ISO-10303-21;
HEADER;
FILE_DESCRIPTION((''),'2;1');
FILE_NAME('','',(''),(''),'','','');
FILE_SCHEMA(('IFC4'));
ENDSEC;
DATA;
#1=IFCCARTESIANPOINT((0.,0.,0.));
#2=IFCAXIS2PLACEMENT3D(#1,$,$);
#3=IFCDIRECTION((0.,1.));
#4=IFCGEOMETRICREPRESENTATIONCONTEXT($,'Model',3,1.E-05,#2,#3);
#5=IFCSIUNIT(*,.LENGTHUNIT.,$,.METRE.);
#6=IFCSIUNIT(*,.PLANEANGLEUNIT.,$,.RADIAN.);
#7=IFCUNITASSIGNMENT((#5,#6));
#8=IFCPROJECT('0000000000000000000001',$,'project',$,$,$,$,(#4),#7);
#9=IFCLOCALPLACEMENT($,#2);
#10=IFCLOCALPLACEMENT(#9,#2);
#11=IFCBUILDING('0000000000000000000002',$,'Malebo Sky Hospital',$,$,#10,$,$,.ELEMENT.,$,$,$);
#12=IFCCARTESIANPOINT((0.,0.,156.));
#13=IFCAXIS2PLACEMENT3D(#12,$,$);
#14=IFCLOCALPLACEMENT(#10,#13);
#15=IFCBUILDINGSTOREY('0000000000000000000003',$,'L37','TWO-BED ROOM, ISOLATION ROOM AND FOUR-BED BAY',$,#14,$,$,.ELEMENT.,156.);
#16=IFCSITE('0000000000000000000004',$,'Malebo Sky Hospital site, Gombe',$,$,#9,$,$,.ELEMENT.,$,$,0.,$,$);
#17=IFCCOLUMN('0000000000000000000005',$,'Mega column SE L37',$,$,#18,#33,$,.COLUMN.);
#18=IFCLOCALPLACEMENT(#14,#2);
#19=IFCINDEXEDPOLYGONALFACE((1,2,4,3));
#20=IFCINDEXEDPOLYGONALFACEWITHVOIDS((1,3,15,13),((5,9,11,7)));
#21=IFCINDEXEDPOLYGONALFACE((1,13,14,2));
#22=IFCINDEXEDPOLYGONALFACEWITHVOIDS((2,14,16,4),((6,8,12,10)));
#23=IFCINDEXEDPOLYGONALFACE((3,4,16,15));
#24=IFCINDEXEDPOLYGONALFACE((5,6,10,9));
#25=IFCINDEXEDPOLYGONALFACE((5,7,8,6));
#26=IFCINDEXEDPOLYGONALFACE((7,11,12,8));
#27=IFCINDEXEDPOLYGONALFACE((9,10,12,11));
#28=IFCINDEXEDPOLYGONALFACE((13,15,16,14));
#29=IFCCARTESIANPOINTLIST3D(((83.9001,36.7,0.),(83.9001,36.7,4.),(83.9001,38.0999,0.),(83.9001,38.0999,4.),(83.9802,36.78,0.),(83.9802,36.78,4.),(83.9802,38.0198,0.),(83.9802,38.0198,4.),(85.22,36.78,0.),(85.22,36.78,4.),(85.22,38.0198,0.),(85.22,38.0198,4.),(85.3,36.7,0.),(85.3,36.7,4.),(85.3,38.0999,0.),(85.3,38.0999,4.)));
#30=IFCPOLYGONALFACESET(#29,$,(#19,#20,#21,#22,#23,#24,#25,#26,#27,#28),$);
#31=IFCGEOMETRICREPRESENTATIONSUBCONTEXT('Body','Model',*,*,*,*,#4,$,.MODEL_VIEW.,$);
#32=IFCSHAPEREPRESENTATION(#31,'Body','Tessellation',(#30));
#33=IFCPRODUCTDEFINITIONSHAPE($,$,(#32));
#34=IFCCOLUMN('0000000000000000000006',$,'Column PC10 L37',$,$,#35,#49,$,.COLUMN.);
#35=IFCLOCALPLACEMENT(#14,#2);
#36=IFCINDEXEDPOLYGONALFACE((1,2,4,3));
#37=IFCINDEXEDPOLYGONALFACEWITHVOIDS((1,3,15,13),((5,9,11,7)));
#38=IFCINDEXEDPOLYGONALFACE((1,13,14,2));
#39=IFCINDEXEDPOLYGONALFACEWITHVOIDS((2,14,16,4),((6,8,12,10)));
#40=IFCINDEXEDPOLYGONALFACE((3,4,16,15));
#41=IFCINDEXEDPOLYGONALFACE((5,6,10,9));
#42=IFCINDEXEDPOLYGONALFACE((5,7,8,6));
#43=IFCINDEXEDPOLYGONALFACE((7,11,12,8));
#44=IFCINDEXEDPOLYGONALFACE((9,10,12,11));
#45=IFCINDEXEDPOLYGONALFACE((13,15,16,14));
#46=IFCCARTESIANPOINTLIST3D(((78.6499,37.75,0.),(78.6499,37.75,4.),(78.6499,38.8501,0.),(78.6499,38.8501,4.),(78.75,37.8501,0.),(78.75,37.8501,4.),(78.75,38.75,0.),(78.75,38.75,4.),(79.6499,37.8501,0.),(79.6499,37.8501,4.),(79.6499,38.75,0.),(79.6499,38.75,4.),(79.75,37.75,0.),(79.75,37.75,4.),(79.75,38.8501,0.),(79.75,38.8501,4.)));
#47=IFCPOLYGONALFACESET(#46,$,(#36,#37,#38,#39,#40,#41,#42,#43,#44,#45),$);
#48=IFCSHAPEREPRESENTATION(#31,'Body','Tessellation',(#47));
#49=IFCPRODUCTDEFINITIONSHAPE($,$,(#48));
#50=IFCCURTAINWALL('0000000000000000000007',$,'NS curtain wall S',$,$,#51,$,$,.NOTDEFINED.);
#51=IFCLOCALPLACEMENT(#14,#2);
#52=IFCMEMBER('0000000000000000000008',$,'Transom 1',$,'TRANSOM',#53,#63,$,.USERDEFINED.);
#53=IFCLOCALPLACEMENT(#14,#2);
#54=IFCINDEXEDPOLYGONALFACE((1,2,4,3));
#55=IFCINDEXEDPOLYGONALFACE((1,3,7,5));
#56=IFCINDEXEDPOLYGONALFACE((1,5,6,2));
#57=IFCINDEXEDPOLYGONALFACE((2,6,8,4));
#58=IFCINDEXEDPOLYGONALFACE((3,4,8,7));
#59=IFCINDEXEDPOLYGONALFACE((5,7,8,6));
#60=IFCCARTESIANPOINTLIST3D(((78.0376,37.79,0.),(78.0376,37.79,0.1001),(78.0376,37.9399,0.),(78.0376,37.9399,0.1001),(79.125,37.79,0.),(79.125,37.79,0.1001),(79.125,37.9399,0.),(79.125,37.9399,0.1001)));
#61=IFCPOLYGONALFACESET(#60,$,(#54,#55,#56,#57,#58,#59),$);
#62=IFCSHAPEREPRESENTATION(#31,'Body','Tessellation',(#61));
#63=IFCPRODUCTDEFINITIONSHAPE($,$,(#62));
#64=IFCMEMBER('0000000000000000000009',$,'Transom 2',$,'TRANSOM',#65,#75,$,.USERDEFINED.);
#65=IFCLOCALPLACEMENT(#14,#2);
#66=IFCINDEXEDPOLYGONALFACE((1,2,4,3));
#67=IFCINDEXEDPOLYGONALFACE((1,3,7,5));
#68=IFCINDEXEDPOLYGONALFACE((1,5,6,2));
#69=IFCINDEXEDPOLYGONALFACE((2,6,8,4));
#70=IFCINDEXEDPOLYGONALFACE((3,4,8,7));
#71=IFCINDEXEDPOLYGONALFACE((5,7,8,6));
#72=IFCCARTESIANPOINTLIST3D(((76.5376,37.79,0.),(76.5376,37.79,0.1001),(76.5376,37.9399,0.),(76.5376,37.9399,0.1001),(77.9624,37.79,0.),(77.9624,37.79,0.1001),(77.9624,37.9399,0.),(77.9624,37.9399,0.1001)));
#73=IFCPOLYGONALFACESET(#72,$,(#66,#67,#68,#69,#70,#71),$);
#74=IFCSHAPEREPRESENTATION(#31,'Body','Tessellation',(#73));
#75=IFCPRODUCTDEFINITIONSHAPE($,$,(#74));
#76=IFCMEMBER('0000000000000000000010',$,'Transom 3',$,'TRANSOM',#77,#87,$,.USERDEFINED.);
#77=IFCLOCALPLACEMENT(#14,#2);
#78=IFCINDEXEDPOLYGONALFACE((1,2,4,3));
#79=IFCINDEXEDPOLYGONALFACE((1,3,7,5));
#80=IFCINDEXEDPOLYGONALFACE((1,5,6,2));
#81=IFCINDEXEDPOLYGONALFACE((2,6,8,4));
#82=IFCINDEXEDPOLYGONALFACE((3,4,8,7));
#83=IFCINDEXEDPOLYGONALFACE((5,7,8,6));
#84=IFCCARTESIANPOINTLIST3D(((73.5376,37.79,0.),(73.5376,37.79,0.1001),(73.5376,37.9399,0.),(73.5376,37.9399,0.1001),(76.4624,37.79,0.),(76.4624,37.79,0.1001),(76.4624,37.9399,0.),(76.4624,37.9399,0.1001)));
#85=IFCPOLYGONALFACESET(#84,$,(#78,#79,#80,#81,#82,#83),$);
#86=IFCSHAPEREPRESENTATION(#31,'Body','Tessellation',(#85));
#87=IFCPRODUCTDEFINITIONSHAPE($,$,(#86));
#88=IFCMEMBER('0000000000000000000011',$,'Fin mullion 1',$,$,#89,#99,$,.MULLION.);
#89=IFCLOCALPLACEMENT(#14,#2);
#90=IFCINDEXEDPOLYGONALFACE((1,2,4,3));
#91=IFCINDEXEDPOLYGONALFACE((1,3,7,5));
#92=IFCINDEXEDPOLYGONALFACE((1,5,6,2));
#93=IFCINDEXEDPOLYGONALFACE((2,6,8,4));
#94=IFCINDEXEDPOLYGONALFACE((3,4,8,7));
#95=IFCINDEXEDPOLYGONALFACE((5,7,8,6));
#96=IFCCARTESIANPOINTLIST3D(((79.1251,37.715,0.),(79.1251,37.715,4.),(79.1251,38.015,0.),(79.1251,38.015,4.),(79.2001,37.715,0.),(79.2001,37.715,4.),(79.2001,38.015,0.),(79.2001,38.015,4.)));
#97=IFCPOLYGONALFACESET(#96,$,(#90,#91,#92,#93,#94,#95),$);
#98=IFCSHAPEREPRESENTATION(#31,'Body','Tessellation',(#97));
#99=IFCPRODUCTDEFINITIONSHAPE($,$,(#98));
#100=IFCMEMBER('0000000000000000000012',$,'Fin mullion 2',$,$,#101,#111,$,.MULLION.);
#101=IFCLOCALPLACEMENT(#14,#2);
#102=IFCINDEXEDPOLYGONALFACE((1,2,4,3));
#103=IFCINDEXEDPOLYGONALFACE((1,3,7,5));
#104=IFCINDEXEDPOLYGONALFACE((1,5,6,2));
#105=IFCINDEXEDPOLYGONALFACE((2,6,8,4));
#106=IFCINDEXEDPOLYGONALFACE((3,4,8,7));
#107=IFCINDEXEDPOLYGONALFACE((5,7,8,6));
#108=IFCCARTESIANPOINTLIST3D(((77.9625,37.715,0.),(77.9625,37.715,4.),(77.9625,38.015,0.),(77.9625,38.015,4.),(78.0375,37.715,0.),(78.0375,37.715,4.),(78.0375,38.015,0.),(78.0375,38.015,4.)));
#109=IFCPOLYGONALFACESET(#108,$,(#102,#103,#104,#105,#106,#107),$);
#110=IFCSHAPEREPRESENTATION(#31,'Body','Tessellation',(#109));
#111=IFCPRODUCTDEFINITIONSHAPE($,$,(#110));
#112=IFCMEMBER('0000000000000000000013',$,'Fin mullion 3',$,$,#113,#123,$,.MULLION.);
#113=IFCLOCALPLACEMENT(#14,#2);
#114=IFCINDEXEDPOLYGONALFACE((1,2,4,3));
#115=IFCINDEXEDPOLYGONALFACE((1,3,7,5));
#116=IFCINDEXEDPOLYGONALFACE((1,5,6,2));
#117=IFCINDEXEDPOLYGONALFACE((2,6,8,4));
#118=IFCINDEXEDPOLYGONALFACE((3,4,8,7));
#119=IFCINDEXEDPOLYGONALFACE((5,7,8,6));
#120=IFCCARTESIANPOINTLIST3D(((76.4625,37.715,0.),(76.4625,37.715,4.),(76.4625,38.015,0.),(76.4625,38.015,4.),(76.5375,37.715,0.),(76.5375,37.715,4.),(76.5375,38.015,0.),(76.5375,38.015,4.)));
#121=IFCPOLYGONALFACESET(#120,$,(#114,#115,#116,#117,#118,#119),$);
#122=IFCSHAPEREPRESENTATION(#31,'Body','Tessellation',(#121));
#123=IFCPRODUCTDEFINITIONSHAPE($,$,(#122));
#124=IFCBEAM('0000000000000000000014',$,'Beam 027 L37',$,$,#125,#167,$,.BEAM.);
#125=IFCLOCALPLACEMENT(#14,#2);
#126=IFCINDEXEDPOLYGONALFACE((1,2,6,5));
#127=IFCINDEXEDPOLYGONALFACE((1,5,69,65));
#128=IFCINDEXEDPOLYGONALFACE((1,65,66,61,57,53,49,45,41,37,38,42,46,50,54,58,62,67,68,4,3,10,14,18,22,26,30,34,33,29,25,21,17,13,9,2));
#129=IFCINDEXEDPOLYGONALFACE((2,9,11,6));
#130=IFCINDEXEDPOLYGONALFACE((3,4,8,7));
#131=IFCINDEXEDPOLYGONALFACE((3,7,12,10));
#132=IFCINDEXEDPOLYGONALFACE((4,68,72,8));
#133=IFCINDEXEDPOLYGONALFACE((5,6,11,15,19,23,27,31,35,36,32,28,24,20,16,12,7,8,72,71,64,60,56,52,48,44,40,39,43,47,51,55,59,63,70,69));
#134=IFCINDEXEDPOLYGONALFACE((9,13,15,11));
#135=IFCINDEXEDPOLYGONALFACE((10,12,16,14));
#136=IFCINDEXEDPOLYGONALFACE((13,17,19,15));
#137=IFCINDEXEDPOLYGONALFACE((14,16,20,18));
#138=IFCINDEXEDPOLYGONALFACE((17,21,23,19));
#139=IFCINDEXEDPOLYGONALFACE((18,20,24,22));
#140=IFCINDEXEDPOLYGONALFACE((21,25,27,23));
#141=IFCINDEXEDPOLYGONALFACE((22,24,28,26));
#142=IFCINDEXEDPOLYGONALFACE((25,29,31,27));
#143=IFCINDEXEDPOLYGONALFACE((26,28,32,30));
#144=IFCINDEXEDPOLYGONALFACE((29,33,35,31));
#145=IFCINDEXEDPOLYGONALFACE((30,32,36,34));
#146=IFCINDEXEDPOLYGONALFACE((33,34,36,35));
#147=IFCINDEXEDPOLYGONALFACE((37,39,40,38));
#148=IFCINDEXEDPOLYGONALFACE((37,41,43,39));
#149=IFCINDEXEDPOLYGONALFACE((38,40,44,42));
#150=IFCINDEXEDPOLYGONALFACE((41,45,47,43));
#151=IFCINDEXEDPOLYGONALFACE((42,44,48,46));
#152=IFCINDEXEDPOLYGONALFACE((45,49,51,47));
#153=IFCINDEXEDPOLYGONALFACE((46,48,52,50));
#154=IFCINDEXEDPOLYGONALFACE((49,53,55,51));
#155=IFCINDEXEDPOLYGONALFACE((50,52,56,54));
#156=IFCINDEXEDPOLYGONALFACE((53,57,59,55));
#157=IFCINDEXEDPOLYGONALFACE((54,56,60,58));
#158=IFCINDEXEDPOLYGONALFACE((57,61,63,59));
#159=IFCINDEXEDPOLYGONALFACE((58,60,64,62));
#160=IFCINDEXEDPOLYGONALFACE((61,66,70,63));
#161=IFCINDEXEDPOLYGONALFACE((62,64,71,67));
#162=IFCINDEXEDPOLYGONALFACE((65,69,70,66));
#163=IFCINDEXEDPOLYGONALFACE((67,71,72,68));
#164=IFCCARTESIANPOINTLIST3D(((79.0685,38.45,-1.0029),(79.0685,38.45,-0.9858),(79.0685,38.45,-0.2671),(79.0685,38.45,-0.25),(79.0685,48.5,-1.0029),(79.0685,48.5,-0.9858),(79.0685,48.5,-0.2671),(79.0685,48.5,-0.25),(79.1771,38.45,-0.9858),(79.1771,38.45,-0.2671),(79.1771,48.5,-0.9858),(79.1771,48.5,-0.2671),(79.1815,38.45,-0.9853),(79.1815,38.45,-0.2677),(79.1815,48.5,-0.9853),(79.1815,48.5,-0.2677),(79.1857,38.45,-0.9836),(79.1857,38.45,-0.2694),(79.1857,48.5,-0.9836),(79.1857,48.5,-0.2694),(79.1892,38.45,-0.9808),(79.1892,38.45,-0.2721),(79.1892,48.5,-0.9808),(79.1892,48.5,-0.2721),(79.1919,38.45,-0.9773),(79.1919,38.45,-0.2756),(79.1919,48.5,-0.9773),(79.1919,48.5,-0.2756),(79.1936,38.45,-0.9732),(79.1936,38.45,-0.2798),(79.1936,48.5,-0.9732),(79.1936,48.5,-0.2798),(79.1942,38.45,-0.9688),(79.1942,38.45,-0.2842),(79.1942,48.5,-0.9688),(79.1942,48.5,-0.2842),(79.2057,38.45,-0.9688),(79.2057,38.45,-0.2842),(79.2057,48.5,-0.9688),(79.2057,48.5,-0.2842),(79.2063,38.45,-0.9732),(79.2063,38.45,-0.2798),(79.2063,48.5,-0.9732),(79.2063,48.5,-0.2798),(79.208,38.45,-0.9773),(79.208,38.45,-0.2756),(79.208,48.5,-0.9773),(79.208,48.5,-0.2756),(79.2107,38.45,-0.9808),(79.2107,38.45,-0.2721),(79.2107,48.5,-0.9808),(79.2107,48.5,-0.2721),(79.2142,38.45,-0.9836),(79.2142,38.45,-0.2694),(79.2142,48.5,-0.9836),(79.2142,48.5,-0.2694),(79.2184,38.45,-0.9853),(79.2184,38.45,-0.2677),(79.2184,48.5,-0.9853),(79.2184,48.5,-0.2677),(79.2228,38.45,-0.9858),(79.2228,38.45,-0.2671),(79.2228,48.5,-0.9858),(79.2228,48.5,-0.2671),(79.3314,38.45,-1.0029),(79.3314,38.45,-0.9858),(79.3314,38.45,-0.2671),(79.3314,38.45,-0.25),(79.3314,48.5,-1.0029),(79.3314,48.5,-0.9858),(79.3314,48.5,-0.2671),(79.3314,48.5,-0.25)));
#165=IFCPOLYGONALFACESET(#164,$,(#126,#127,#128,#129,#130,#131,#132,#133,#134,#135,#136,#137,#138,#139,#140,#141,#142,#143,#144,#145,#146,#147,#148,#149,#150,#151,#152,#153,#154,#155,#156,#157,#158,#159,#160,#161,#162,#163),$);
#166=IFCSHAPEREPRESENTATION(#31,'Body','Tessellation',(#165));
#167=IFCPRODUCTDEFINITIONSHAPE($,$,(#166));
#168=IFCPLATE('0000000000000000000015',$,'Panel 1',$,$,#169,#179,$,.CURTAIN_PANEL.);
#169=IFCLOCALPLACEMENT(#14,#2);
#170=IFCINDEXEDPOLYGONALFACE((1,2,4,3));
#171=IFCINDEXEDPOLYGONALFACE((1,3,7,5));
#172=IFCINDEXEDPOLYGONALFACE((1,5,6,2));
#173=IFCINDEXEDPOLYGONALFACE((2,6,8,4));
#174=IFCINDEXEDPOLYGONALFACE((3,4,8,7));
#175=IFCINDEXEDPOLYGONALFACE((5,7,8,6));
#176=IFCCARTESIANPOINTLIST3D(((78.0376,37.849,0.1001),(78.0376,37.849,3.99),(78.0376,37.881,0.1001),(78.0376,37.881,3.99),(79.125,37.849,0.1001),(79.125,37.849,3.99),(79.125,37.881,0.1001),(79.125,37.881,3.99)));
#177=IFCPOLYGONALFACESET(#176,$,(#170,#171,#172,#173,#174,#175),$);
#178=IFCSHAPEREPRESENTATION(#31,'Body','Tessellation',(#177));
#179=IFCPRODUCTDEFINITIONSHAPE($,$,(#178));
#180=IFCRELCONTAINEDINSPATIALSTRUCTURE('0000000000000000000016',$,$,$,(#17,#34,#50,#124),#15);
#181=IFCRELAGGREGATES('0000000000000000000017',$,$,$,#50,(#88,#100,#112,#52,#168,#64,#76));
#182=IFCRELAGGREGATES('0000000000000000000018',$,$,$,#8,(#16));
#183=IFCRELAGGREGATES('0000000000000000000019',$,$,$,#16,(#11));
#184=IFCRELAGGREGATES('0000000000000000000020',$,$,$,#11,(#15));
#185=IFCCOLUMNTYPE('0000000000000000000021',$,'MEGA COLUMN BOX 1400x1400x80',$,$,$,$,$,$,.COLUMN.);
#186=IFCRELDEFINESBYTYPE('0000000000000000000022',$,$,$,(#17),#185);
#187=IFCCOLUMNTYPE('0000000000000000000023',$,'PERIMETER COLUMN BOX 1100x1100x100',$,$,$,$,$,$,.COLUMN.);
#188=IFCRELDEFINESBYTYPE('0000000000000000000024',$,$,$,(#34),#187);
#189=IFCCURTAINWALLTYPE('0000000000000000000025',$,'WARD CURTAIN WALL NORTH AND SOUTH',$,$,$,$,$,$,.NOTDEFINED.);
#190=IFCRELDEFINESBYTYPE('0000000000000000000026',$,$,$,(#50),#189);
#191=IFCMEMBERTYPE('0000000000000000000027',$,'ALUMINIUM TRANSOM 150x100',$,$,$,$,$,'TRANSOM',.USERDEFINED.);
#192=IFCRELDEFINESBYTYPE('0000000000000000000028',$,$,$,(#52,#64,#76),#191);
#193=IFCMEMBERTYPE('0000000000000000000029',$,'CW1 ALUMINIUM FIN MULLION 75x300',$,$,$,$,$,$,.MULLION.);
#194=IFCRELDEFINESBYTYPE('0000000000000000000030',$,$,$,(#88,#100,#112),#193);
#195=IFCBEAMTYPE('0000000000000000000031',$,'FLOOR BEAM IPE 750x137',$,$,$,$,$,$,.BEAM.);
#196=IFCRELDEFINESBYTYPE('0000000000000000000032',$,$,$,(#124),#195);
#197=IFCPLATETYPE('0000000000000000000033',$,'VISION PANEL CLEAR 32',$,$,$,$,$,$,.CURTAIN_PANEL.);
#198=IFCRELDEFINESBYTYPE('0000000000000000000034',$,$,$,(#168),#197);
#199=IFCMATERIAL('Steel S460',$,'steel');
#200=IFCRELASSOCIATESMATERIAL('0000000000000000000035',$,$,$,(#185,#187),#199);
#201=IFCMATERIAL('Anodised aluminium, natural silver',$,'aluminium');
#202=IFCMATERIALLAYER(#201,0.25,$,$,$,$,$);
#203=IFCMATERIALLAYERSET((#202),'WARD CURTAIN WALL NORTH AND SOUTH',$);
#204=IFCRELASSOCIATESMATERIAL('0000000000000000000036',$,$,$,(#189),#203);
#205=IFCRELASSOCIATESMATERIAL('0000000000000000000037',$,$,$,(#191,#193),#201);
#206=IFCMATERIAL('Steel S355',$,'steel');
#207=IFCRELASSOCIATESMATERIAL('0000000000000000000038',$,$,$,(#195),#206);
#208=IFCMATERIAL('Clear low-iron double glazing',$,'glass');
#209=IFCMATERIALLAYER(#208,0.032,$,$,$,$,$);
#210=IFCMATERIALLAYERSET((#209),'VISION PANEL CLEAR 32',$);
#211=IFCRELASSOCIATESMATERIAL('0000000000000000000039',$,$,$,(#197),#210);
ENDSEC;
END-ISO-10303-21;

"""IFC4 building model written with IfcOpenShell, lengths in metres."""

from ifc_helpers import new_model, si_unit, direction, frame, origin, origin_2d, place, context, subcontext, project, spatial, rectangle, hollow_rectangle, i_section, extrude, material, layer, layer_set, material_profile, profile_set, type_object, element, aggregate, save


model = new_model("IFC4")

# Units and contexts
model_context = context("Model", 3, precision=1e-05, world=origin(), true_north=direction((0.0, 1.0)))
body_context = subcontext(model_context, "Body", "Model", "MODEL_VIEW")
ifc_project = project(units=[si_unit("LENGTHUNIT", "METRE"), si_unit("PLANEANGLEUNIT", "RADIAN")], contexts=[model_context])

# Site, building, storey
site_placement = place(None, origin())
site = spatial("IfcSite", under=ifc_project, at=site_placement, Name="Malebo Sky Hospital site, Gombe", CompositionType="ELEMENT", RefElevation=0.0)
building_placement = place(site_placement, origin())
building = spatial("IfcBuilding", under=site, at=building_placement, Name="Malebo Sky Hospital", CompositionType="ELEMENT")
storey_placement = place(building_placement, frame((0.0, 0.0, 156.0)))
storey = spatial("IfcBuildingStorey", under=building, at=storey_placement, Name="L37", Description="TWO-BED ROOM, ISOLATION ROOM AND FOUR-BED BAY", CompositionType="ELEMENT", Elevation=156.0)

# Columns
ifc_material_1 = material(Name="Steel S460", Category="steel")
ifc_material_profile_1 = material_profile(ifc_material_1, hollow_rectangle(XDim=1.3999, YDim=1.3999, WallThickness=0.0801, at=origin_2d()), Name="BOX 1400x1400x80")
ifc_profile_set_1 = profile_set([ifc_material_profile_1], Name="Steel S460")
column_type_1 = type_object("IfcColumnType", Name="MEGA COLUMN BOX 1400x1400x80", PredefinedType="COLUMN", material=ifc_profile_set_1)
column_1_placement = place(storey_placement, frame((84.6001, 37.3999, 0.0), z_axis=(0.0, 0.0, 1.0), x_axis=(1.0, 0.0, 0.0)))
element("IfcColumn", 1, at=column_1_placement, inside=storey, type_object=column_type_1, Name="Mega column SE L37", PredefinedType="COLUMN", context=body_context, shape_type="SweptSolid", body=[
    extrude(hollow_rectangle(XDim=1.3999, YDim=1.3999, WallThickness=0.0801, at=origin_2d()), origin(), (0.0, 0.0, 1.0), 4.0),
])
ifc_material_profile_2 = material_profile(ifc_material_1, hollow_rectangle(XDim=1.1001, YDim=1.1001, WallThickness=0.1001, at=origin_2d()), Name="BOX 1100x1100x100")
ifc_profile_set_2 = profile_set([ifc_material_profile_2], Name="Steel S460")
column_type_2 = type_object("IfcColumnType", Name="PERIMETER COLUMN BOX 1100x1100x100", PredefinedType="COLUMN", material=ifc_profile_set_2)
column_2_placement = place(storey_placement, frame((79.2, 38.3, 0.0), z_axis=(0.0, 0.0, 1.0), x_axis=(1.0, 0.0, 0.0)))
element("IfcColumn", 2, at=column_2_placement, inside=storey, type_object=column_type_2, Name="Column PC10 L37", PredefinedType="COLUMN", context=body_context, shape_type="SweptSolid", body=[
    extrude(hollow_rectangle(XDim=1.1001, YDim=1.1001, WallThickness=0.1001, at=origin_2d()), origin(), (0.0, 0.0, 1.0), 4.0),
])

# Curtain wall, members
ifc_material_2 = material(Name="Anodised aluminium, natural silver", Category="aluminium")
ifc_layer_1 = layer(ifc_material_2, 0.25)
ifc_layer_set_1 = layer_set([ifc_layer_1], Name="WARD CURTAIN WALL NORTH AND SOUTH")
curtain_wall_type = type_object("IfcCurtainWallType", Name="WARD CURTAIN WALL NORTH AND SOUTH", PredefinedType="NOTDEFINED", material=ifc_layer_set_1)
curtain_wall_placement = place(storey_placement, origin())
curtain_wall = element("IfcCurtainWall", 3, at=curtain_wall_placement, inside=storey, type_object=curtain_wall_type, Name="NS curtain wall S", PredefinedType="NOTDEFINED")
ifc_material_profile_3 = material_profile(ifc_material_2, rectangle(XDim=0.1499, YDim=0.1001, at=origin_2d()), Name="ALUMINIUM TRANSOM 150x100")
ifc_profile_set_3 = profile_set([ifc_material_profile_3], Name="Anodised aluminium, natural silver")
member_type_1 = type_object("IfcMemberType", Name="ALUMINIUM TRANSOM 150x100", ElementType="TRANSOM", PredefinedType="USERDEFINED", material=ifc_profile_set_3)
member_1_placement = place(storey_placement, frame((79.125, 37.865, 0.05), z_axis=(-1.0, 0.0, 0.0), x_axis=(0.0, -1.0, 0.0)))
member_1 = element("IfcMember", 4, at=member_1_placement, type_object=member_type_1, Name="Transom 1", ObjectType="TRANSOM", PredefinedType="USERDEFINED", context=body_context, shape_type="SweptSolid", body=[
    extrude(rectangle(XDim=0.1499, YDim=0.1001, at=origin_2d()), origin(), (0.0, 0.0, 1.0), 1.0874),
])
member_2_placement = place(storey_placement, frame((77.9624, 37.865, 0.05), z_axis=(-1.0, 0.0, 0.0), x_axis=(0.0, -1.0, 0.0)))
member_2 = element("IfcMember", 5, at=member_2_placement, type_object=member_type_1, Name="Transom 2", ObjectType="TRANSOM", PredefinedType="USERDEFINED", context=body_context, shape_type="SweptSolid", body=[
    extrude(rectangle(XDim=0.1499, YDim=0.1001, at=origin_2d()), origin(), (0.0, 0.0, 1.0), 1.4248),
])
member_3_placement = place(storey_placement, frame((76.4624, 37.865, 0.05), z_axis=(-1.0, 0.0, 0.0), x_axis=(0.0, -1.0, 0.0)))
member_3 = element("IfcMember", 6, at=member_3_placement, type_object=member_type_1, Name="Transom 3", ObjectType="TRANSOM", PredefinedType="USERDEFINED", context=body_context, shape_type="SweptSolid", body=[
    extrude(rectangle(XDim=0.1499, YDim=0.1001, at=origin_2d()), origin(), (0.0, 0.0, 1.0), 2.9248),
])
ifc_material_profile_4 = material_profile(ifc_material_2, rectangle(XDim=0.075, YDim=0.3, at=origin_2d()), Name="CW1 ALUMINIUM FIN MULLION 75x300")
ifc_profile_set_4 = profile_set([ifc_material_profile_4], Name="Anodised aluminium, natural silver")
member_type_2 = type_object("IfcMemberType", Name="CW1 ALUMINIUM FIN MULLION 75x300", PredefinedType="MULLION", material=ifc_profile_set_4)
member_4_placement = place(storey_placement, frame((79.1626, 37.865, 0.0), z_axis=(0.0, 0.0, 1.0), x_axis=(-1.0, 0.0, 0.0)))
member_4 = element("IfcMember", 7, at=member_4_placement, type_object=member_type_2, Name="Fin mullion 1", PredefinedType="MULLION", context=body_context, shape_type="SweptSolid", body=[
    extrude(rectangle(XDim=0.075, YDim=0.3, at=origin_2d()), origin(), (0.0, 0.0, 1.0), 4.0),
])
member_5_placement = place(storey_placement, frame((78.0, 37.865, 0.0), z_axis=(0.0, 0.0, 1.0), x_axis=(-1.0, 0.0, 0.0)))
member_5 = element("IfcMember", 8, at=member_5_placement, type_object=member_type_2, Name="Fin mullion 2", PredefinedType="MULLION", context=body_context, shape_type="SweptSolid", body=[
    extrude(rectangle(XDim=0.075, YDim=0.3, at=origin_2d()), origin(), (0.0, 0.0, 1.0), 4.0),
])
member_6_placement = place(storey_placement, frame((76.5, 37.865, 0.0), z_axis=(0.0, 0.0, 1.0), x_axis=(-1.0, 0.0, 0.0)))
member_6 = element("IfcMember", 9, at=member_6_placement, type_object=member_type_2, Name="Fin mullion 3", PredefinedType="MULLION", context=body_context, shape_type="SweptSolid", body=[
    extrude(rectangle(XDim=0.075, YDim=0.3, at=origin_2d()), origin(), (0.0, 0.0, 1.0), 4.0),
])

# Beam
ifc_material_3 = material(Name="Steel S355", Category="steel")
ifc_material_profile_5 = material_profile(ifc_material_3, i_section(OverallWidth=0.2629, OverallDepth=0.7529, WebThickness=0.0115, FlangeThickness=0.0171, FilletRadius=0.0171, at=origin_2d()), Name="IPE 750x137")
ifc_profile_set_5 = profile_set([ifc_material_profile_5], Name="Steel S355")
beam_type = type_object("IfcBeamType", Name="FLOOR BEAM IPE 750x137", PredefinedType="BEAM", material=ifc_profile_set_5)
beam_placement = place(storey_placement, frame((79.2, 38.45, -0.6265), z_axis=(0.0, 1.0, 0.0), x_axis=(-1.0, 0.0, 0.0)))
element("IfcBeam", 10, at=beam_placement, inside=storey, type_object=beam_type, Name="Beam 027 L37", PredefinedType="BEAM", context=body_context, shape_type="SweptSolid", body=[
    extrude(i_section(OverallWidth=0.2629, OverallDepth=0.7529, WebThickness=0.0115, FlangeThickness=0.0171, FilletRadius=0.0171, at=origin_2d()), origin(), (0.0, 0.0, 1.0), 10.05),
])

# Plate
ifc_material_4 = material(Name="Clear low-iron double glazing", Category="glass")
ifc_layer_2 = layer(ifc_material_4, 0.032)
ifc_layer_set_2 = layer_set([ifc_layer_2], Name="VISION PANEL CLEAR 32")
plate_type = type_object("IfcPlateType", Name="VISION PANEL CLEAR 32", PredefinedType="CURTAIN_PANEL", material=ifc_layer_set_2)
plate_1_placement = place(storey_placement, frame((78.5813, 37.865, 0.1001), z_axis=(0.0, 0.0, 1.0), x_axis=(-1.0, 0.0, 0.0)))
plate_1 = element("IfcPlate", 11, at=plate_1_placement, type_object=plate_type, Name="Panel 1", PredefinedType="CURTAIN_PANEL", context=body_context, shape_type="SweptSolid", body=[
    extrude(rectangle(XDim=1.0874, YDim=0.032, at=origin_2d()), origin(), (0.0, 0.0, 1.0), 3.8899),
])
aggregate(curtain_wall, [member_4, member_5, member_6, member_1, plate_1, member_2, member_3])

save(model, "model.ifc")
